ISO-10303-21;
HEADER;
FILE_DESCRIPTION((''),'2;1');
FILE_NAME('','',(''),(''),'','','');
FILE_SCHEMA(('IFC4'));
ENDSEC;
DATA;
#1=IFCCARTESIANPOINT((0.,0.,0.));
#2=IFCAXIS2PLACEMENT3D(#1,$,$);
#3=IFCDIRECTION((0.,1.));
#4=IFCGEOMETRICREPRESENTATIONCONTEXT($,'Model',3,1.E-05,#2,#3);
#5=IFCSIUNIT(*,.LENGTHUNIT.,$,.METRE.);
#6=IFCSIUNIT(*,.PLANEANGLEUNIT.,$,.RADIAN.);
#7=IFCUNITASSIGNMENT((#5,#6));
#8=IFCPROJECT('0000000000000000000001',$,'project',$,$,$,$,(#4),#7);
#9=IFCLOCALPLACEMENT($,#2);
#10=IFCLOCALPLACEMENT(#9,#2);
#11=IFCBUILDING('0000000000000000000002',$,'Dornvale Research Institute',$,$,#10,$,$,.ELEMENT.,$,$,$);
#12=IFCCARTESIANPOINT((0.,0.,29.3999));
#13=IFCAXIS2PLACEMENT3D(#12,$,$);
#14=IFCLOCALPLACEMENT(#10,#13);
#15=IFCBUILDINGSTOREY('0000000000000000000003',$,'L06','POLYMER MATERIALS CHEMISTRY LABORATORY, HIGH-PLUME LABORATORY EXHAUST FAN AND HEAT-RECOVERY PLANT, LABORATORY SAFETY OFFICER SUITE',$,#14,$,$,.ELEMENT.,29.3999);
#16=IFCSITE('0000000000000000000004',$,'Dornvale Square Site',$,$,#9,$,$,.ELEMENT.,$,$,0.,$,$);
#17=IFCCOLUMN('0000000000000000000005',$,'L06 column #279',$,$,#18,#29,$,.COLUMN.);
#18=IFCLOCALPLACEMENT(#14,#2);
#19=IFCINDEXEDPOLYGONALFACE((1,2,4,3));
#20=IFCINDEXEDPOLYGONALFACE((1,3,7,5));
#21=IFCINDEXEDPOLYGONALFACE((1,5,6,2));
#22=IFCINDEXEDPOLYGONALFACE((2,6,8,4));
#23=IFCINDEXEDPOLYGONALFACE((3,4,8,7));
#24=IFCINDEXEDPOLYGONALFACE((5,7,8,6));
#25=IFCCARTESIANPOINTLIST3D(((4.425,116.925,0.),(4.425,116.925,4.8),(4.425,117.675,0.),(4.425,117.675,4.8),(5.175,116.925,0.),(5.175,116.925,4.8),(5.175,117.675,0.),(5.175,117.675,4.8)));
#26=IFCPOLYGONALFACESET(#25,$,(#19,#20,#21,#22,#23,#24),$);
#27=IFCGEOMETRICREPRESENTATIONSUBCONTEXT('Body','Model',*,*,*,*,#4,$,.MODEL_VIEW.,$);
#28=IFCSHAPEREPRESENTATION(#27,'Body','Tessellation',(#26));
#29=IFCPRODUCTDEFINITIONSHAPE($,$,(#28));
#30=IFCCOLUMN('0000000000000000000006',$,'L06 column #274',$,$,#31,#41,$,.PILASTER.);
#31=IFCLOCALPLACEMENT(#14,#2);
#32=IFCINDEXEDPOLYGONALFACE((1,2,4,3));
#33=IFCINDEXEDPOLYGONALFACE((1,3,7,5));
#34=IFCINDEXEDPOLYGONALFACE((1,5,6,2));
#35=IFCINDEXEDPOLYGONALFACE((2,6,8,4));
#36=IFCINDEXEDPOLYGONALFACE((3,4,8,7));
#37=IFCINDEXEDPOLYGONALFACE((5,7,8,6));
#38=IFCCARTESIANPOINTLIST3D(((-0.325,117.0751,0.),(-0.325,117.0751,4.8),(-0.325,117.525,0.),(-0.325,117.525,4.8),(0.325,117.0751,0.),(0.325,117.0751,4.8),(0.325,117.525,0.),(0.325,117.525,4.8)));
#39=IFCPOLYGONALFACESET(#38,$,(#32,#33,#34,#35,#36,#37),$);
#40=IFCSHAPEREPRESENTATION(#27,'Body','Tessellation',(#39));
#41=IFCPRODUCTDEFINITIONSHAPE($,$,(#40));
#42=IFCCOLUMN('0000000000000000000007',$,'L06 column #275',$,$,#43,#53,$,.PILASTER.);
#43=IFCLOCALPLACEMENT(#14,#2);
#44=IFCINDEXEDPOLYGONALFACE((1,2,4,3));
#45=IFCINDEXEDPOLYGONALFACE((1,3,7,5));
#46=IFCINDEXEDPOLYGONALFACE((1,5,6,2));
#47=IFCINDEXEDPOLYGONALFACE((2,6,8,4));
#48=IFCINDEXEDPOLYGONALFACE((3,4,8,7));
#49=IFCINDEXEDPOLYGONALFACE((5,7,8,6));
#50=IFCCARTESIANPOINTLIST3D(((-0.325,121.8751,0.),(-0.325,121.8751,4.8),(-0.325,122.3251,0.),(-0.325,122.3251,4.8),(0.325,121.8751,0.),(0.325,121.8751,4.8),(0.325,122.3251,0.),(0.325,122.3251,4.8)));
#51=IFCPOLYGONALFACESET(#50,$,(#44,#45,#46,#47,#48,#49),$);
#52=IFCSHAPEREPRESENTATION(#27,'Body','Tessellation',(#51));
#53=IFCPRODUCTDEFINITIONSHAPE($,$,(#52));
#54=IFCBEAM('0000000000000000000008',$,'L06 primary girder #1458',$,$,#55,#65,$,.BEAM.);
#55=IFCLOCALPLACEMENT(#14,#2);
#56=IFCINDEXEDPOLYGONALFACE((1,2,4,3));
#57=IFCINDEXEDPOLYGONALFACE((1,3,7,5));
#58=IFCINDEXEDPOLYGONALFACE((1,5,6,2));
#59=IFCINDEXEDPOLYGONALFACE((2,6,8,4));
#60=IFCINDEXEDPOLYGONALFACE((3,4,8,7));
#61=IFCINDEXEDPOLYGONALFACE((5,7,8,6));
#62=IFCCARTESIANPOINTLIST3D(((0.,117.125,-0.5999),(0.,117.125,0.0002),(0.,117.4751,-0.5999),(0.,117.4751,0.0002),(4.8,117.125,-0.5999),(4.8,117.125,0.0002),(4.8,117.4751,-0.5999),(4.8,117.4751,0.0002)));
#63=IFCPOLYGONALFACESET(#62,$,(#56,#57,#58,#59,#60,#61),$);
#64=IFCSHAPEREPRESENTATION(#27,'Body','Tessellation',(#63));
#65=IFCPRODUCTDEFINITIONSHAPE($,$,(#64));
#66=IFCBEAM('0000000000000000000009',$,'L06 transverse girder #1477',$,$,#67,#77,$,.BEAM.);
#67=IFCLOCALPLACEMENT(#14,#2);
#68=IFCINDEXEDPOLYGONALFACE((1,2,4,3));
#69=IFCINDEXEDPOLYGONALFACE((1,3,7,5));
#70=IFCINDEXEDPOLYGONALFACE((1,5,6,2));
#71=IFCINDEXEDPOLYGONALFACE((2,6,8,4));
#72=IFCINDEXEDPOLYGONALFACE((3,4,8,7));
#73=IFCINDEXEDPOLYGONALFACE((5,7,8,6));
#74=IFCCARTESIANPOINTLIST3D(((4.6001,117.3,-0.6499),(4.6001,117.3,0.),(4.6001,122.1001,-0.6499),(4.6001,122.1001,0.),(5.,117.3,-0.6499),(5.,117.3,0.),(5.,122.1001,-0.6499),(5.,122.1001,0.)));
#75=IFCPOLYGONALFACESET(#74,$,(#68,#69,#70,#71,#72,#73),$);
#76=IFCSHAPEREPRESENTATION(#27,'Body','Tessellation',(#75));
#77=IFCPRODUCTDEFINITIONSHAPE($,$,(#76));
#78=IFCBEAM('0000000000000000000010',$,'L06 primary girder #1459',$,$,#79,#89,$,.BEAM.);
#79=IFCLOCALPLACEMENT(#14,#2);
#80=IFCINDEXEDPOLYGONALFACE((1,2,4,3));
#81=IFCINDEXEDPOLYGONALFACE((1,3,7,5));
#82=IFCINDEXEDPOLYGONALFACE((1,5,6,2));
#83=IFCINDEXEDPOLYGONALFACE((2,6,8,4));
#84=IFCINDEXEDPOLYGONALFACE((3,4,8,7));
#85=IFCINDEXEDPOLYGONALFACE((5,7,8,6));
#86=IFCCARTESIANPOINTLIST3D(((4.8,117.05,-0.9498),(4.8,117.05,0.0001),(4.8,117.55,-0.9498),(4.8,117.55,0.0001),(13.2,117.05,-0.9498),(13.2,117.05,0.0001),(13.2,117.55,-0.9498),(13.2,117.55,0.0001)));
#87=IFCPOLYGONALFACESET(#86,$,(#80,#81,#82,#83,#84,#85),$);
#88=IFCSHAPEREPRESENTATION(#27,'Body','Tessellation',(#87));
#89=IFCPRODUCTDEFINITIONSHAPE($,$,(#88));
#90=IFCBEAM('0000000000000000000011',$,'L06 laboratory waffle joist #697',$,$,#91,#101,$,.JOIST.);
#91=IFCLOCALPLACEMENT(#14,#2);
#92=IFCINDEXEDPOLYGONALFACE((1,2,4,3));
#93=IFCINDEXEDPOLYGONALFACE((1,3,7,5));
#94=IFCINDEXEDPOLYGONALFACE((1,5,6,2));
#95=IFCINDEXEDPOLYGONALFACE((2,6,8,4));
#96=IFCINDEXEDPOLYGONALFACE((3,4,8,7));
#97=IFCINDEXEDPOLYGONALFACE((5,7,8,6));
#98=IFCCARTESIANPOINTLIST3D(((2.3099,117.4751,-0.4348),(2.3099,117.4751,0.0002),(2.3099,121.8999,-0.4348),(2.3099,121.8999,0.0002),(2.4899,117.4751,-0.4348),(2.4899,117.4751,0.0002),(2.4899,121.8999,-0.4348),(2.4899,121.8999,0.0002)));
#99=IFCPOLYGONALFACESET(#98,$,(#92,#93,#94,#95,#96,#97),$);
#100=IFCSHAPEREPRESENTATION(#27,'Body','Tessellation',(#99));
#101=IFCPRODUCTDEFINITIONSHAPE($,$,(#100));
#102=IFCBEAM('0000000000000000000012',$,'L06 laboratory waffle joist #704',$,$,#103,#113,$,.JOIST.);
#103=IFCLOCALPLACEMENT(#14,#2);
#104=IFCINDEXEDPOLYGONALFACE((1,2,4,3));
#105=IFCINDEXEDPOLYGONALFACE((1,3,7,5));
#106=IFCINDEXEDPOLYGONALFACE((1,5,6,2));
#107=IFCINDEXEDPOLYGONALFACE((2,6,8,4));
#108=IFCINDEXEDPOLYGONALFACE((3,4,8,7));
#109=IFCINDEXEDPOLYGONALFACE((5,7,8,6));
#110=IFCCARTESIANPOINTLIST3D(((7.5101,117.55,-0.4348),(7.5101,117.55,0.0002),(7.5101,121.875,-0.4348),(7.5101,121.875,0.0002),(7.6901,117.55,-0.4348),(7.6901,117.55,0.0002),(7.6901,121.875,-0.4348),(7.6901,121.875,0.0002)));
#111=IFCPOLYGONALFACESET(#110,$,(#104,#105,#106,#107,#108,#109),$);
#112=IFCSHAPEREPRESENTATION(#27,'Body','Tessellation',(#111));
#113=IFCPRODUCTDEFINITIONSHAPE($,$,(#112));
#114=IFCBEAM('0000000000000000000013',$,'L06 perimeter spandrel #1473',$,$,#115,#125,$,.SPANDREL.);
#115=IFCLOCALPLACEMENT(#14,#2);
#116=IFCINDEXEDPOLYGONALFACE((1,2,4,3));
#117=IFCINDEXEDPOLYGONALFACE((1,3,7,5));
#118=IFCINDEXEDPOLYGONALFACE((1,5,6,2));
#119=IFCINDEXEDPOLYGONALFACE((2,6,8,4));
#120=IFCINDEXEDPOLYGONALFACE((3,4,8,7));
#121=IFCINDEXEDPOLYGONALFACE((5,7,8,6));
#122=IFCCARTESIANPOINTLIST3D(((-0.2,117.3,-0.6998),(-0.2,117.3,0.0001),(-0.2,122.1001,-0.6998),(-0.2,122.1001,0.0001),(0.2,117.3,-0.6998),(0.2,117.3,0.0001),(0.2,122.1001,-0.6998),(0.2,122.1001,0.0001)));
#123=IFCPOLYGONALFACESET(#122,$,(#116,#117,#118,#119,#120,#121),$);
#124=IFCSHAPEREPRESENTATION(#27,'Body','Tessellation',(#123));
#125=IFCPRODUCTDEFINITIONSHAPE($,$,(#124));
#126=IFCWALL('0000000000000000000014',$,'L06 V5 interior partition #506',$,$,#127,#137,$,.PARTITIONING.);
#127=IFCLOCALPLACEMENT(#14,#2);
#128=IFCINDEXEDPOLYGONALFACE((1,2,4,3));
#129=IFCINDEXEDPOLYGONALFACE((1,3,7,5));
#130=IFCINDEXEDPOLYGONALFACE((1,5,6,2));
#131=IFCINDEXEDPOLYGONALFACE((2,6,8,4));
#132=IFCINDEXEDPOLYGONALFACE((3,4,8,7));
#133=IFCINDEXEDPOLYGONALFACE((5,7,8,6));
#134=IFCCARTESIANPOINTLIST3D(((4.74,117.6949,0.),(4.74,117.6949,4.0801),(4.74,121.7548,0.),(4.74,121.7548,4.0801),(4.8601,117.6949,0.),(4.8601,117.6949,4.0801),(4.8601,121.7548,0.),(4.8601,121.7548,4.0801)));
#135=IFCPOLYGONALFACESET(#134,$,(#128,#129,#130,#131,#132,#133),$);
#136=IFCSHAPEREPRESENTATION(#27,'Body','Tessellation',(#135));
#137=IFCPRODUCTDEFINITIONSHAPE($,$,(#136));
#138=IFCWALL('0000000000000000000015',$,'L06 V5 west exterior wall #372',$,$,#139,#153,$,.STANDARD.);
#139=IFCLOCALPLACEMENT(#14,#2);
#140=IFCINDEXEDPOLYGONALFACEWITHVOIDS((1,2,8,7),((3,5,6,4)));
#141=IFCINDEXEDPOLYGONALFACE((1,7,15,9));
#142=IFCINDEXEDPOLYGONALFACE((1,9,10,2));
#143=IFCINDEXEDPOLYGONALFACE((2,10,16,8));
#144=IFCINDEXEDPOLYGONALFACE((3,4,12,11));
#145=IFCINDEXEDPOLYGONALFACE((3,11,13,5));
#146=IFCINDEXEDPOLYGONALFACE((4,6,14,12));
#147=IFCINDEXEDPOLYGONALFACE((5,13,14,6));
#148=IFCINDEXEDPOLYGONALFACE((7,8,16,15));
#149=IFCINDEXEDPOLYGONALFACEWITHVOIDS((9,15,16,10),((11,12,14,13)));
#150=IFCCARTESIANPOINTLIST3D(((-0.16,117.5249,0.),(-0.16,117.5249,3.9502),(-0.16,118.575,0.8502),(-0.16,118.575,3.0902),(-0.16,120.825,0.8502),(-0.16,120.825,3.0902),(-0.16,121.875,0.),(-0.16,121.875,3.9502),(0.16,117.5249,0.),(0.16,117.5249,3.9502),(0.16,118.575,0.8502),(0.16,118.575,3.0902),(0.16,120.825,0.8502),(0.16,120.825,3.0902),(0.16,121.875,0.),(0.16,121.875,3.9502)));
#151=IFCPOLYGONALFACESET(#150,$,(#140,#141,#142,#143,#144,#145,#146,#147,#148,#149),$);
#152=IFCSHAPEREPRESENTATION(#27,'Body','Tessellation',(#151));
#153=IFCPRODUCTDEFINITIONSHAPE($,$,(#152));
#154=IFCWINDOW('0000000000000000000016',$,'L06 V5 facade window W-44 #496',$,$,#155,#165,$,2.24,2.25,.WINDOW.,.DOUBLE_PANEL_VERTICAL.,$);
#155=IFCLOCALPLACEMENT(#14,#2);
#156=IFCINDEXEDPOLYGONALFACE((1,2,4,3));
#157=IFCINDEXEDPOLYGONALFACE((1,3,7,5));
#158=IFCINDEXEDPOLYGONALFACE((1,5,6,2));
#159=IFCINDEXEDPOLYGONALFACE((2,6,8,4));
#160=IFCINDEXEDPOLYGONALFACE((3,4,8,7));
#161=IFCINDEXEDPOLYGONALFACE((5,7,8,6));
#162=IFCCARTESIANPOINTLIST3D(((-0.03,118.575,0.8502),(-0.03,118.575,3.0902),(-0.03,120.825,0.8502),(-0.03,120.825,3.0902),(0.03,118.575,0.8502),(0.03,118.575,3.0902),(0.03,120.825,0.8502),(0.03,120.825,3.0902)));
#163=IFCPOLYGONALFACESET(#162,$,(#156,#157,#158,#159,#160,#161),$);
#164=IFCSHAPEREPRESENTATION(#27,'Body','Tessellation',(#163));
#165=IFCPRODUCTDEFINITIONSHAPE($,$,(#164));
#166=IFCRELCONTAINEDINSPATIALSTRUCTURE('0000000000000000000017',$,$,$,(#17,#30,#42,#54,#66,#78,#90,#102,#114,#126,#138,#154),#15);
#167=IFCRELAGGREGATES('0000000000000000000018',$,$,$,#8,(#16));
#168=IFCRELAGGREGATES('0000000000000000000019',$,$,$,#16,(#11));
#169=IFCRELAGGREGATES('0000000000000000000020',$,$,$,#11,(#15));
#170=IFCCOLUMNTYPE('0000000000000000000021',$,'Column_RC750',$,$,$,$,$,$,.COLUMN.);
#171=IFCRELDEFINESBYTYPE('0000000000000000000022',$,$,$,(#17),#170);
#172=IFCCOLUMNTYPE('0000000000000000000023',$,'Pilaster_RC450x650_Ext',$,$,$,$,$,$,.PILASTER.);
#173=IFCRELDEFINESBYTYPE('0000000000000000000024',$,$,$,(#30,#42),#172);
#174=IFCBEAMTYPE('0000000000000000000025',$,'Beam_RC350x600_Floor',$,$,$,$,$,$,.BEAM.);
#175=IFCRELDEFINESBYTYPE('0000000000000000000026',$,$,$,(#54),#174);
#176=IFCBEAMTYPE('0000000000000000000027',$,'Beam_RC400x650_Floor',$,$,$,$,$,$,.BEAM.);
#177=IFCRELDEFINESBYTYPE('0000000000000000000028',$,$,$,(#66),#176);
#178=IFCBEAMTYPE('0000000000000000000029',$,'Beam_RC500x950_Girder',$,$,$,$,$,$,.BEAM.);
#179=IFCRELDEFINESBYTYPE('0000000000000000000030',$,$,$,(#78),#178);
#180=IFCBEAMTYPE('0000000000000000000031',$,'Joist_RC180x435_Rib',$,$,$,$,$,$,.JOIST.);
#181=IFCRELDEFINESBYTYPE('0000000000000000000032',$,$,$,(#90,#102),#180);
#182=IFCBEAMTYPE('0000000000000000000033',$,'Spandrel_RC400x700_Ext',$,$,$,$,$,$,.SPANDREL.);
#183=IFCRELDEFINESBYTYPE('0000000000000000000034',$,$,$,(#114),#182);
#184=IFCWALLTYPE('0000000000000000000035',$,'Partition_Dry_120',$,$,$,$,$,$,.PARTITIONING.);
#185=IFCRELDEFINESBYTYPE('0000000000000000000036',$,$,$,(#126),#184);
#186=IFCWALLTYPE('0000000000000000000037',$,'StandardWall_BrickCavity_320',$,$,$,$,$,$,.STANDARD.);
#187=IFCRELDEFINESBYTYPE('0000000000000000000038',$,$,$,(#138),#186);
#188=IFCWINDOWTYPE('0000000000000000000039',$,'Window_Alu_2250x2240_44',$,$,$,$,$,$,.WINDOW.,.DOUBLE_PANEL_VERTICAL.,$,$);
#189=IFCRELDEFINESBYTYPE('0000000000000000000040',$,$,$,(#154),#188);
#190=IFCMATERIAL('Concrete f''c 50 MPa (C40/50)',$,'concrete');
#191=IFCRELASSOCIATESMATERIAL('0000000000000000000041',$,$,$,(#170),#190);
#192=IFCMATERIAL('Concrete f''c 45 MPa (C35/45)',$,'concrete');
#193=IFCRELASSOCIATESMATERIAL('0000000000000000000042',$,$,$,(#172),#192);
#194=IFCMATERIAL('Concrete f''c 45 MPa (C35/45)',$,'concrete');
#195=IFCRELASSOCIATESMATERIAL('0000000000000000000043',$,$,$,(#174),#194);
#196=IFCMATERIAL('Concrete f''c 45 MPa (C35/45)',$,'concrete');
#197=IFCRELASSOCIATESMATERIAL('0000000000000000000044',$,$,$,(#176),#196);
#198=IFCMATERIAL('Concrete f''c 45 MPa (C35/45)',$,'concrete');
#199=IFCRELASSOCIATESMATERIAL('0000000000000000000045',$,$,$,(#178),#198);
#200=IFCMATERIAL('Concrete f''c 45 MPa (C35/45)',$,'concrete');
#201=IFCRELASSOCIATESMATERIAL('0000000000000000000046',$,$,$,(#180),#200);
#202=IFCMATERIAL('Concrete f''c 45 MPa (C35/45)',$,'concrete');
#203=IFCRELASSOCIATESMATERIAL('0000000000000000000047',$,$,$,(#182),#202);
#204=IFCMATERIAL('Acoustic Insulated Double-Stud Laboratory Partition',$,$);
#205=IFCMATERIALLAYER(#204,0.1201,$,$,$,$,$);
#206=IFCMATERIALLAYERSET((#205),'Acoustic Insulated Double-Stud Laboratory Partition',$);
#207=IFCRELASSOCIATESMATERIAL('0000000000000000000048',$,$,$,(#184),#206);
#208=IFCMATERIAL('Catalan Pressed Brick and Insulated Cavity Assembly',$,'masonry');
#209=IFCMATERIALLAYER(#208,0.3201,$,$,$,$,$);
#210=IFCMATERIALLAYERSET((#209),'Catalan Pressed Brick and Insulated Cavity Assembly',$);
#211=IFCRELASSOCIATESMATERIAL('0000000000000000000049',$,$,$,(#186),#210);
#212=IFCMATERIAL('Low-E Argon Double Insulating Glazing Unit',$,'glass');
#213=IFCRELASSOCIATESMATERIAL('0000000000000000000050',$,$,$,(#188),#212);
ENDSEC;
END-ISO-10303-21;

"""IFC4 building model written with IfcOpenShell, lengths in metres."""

from ifc_helpers import new_model, si_unit, direction, frame, frame_2d, origin, origin_2d, place, context, subcontext, project, spatial, rectangle, extrude, material, layer, layer_set, material_profile, profile_set, type_object, element, fill, save


model = new_model("IFC4")

# Units and contexts
model_context = context("Model", 3, precision=1e-05, world=origin(), true_north=direction((0.0, 1.0)))
body_context = subcontext(model_context, "Body", "Model", "MODEL_VIEW")
ifc_project = project(units=[si_unit("LENGTHUNIT", "METRE"), si_unit("PLANEANGLEUNIT", "RADIAN")], contexts=[model_context])

# Site, building, storey
site_placement = place(None, origin())
site = spatial("IfcSite", under=ifc_project, at=site_placement, Name="Dornvale Square Site", CompositionType="ELEMENT", RefElevation=0.0)
building_placement = place(site_placement, origin())
building = spatial("IfcBuilding", under=site, at=building_placement, Name="Dornvale Research Institute", CompositionType="ELEMENT")
storey_placement = place(building_placement, frame((0.0, 0.0, 29.3999)))
storey = spatial("IfcBuildingStorey", under=building, at=storey_placement, Name="L06", Description="POLYMER MATERIALS CHEMISTRY LABORATORY, HIGH-PLUME LABORATORY EXHAUST FAN AND HEAT-RECOVERY PLANT, LABORATORY SAFETY OFFICER SUITE", CompositionType="ELEMENT", Elevation=29.3999)

# Columns
ifc_material_1 = material(Name="Concrete f'c 50 MPa (C40/50)", Category="concrete")
ifc_material_profile_1 = material_profile(ifc_material_1, rectangle(XDim=0.75, YDim=0.75, at=origin_2d()), Name="RC 750x750")
ifc_profile_set_1 = profile_set([ifc_material_profile_1], Name="Concrete f'c 50 MPa (C40/50)")
column_type_1 = type_object("IfcColumnType", Name="Column_RC750", PredefinedType="COLUMN", material=ifc_profile_set_1)
column_placement = place(storey_placement, frame((4.8, 117.3, 0.0), z_axis=(0.0, 0.0, 1.0), x_axis=(1.0, 0.0, 0.0)))
element("IfcColumn", 1, at=column_placement, inside=storey, type_object=column_type_1, Name="L06 column #279", PredefinedType="COLUMN", context=body_context, shape_type="SweptSolid", body=[
    extrude(rectangle(XDim=0.75, YDim=0.75, at=origin_2d()), origin(), (0.0, 0.0, 1.0), 4.8),
])
ifc_material_2 = material(Name="Concrete f'c 45 MPa (C35/45)", Category="concrete")
ifc_material_profile_2 = material_profile(ifc_material_2, rectangle(XDim=0.45, YDim=0.6499, at=origin_2d()), Name="RC 450x650")
ifc_profile_set_2 = profile_set([ifc_material_profile_2], Name="Concrete f'c 45 MPa (C35/45)")
column_type_2 = type_object("IfcColumnType", Name="Pilaster_RC450x650_Ext", PredefinedType="PILASTER", material=ifc_profile_set_2)
for number, where, z_axis, x_axis, name in (
    (2, (0.0, 117.3, 0.0), (0.0, 0.0, 1.0), (0.0, 1.0, 0.0), "L06 column #274"),
    (3, (0.0, 122.1001, 0.0), (0.0, 0.0, 1.0), (0.0, 1.0, 0.0), "L06 column #275"),
):
    element("IfcColumn", number, at=place(storey_placement, frame(where, z_axis=z_axis, x_axis=x_axis)), inside=storey, type_object=column_type_2, Name=name, PredefinedType="PILASTER", context=body_context, shape_type="SweptSolid", body=[
        extrude(rectangle(XDim=0.45, YDim=0.6499, at=origin_2d()), origin(), (0.0, 0.0, 1.0), 4.8),
    ])

# Beams
ifc_material_3 = material(Name="Concrete f'c 45 MPa (C35/45)", Category="concrete")
ifc_material_profile_3 = material_profile(ifc_material_3, rectangle(XDim=0.3501, YDim=0.6001, at=origin_2d()), Name="RC 350x600")
ifc_profile_set_3 = profile_set([ifc_material_profile_3], Name="Concrete f'c 45 MPa (C35/45)")
beam_type_1 = type_object("IfcBeamType", Name="Beam_RC350x600_Floor", PredefinedType="BEAM", material=ifc_profile_set_3)
beam_1_placement = place(storey_placement, frame((0.0, 117.3, -0.2998), z_axis=(1.0, 0.0, 0.0), x_axis=(0.0, 1.0, 0.0)))
element("IfcBeam", 4, at=beam_1_placement, inside=storey, type_object=beam_type_1, Name="L06 primary girder #1458", PredefinedType="BEAM", context=body_context, shape_type="SweptSolid", body=[
    extrude(rectangle(XDim=0.3501, YDim=0.6001, at=origin_2d()), origin(), (0.0, 0.0, 1.0), 4.8),
])
ifc_material_4 = material(Name="Concrete f'c 45 MPa (C35/45)", Category="concrete")
ifc_material_profile_4 = material_profile(ifc_material_4, rectangle(XDim=0.3999, YDim=0.6499, at=origin_2d()), Name="RC 400x650")
ifc_profile_set_4 = profile_set([ifc_material_profile_4], Name="Concrete f'c 45 MPa (C35/45)")
beam_type_2 = type_object("IfcBeamType", Name="Beam_RC400x650_Floor", PredefinedType="BEAM", material=ifc_profile_set_4)
beam_2_placement = place(storey_placement, frame((4.8, 117.3, -0.325), z_axis=(0.0, 1.0, 0.0), x_axis=(-1.0, 0.0, 0.0)))
element("IfcBeam", 5, at=beam_2_placement, inside=storey, type_object=beam_type_2, Name="L06 transverse girder #1477", PredefinedType="BEAM", context=body_context, shape_type="SweptSolid", body=[
    extrude(rectangle(XDim=0.3999, YDim=0.6499, at=origin_2d()), origin(), (0.0, 0.0, 1.0), 4.8),
])
ifc_material_5 = material(Name="Concrete f'c 45 MPa (C35/45)", Category="concrete")
ifc_material_profile_5 = material_profile(ifc_material_5, rectangle(XDim=0.5, YDim=0.95, at=origin_2d()), Name="RC 500x950")
ifc_profile_set_5 = profile_set([ifc_material_profile_5], Name="Concrete f'c 45 MPa (C35/45)")
beam_type_3 = type_object("IfcBeamType", Name="Beam_RC500x950_Girder", PredefinedType="BEAM", material=ifc_profile_set_5)
beam_3_placement = place(storey_placement, frame((4.8, 117.3, -0.4749), z_axis=(1.0, 0.0, 0.0), x_axis=(0.0, 1.0, 0.0)))
element("IfcBeam", 6, at=beam_3_placement, inside=storey, type_object=beam_type_3, Name="L06 primary girder #1459", PredefinedType="BEAM", context=body_context, shape_type="SweptSolid", body=[
    extrude(rectangle(XDim=0.5, YDim=0.95, at=origin_2d()), origin(), (0.0, 0.0, 1.0), 8.3999),
])
ifc_material_6 = material(Name="Concrete f'c 45 MPa (C35/45)", Category="concrete")
ifc_material_profile_6 = material_profile(ifc_material_6, rectangle(XDim=0.1799, YDim=0.4351, at=origin_2d()), Name="RC 180x435")
ifc_profile_set_6 = profile_set([ifc_material_profile_6], Name="Concrete f'c 45 MPa (C35/45)")
beam_type_4 = type_object("IfcBeamType", Name="Joist_RC180x435_Rib", PredefinedType="JOIST", material=ifc_profile_set_6)
beam_4_placement = place(storey_placement, frame((2.3999, 117.4751, -0.2173), z_axis=(0.0, 1.0, 0.0), x_axis=(-1.0, 0.0, 0.0)))
element("IfcBeam", 7, at=beam_4_placement, inside=storey, type_object=beam_type_4, Name="L06 laboratory waffle joist #697", PredefinedType="JOIST", context=body_context, shape_type="SweptSolid", body=[
    extrude(rectangle(XDim=0.1799, YDim=0.4351, at=origin_2d()), origin(), (0.0, 0.0, 1.0), 4.4248),
])
beam_5_placement = place(storey_placement, frame((7.6001, 117.55, -0.2173), z_axis=(0.0, 1.0, 0.0), x_axis=(-1.0, 0.0, 0.0)))
element("IfcBeam", 8, at=beam_5_placement, inside=storey, type_object=beam_type_4, Name="L06 laboratory waffle joist #704", PredefinedType="JOIST", context=body_context, shape_type="SweptSolid", body=[
    extrude(rectangle(XDim=0.1799, YDim=0.4351, at=origin_2d()), origin(), (0.0, 0.0, 1.0), 4.325),
])
ifc_material_7 = material(Name="Concrete f'c 45 MPa (C35/45)", Category="concrete")
ifc_material_profile_7 = material_profile(ifc_material_7, rectangle(XDim=0.3999, YDim=0.7, at=origin_2d()), Name="RC 400x700")
ifc_profile_set_7 = profile_set([ifc_material_profile_7], Name="Concrete f'c 45 MPa (C35/45)")
beam_type_5 = type_object("IfcBeamType", Name="Spandrel_RC400x700_Ext", PredefinedType="SPANDREL", material=ifc_profile_set_7)
beam_6_placement = place(storey_placement, frame((0.0, 117.3, -0.3499), z_axis=(0.0, 1.0, 0.0), x_axis=(-1.0, 0.0, 0.0)))
element("IfcBeam", 9, at=beam_6_placement, inside=storey, type_object=beam_type_5, Name="L06 perimeter spandrel #1473", PredefinedType="SPANDREL", context=body_context, shape_type="SweptSolid", body=[
    extrude(rectangle(XDim=0.3999, YDim=0.7, at=origin_2d()), origin(), (0.0, 0.0, 1.0), 4.8),
])

# Wall
ifc_material_8 = material(Name="Acoustic Insulated Double-Stud Laboratory Partition")
ifc_layer_1 = layer(ifc_material_8, 0.1201)
ifc_layer_set_1 = layer_set([ifc_layer_1], Name="Acoustic Insulated Double-Stud Laboratory Partition")
wall_type_1 = type_object("IfcWallType", Name="Partition_Dry_120", PredefinedType="PARTITIONING", material=ifc_layer_set_1)
wall_1_placement = place(storey_placement, frame((4.8, 117.6951, 0.0), z_axis=(0.0, 0.0, 1.0), x_axis=(0.0, 1.0, 0.0)))
element("IfcWall", 10, at=wall_1_placement, inside=storey, type_object=wall_type_1, Name="L06 V5 interior partition #506", PredefinedType="PARTITIONING", context=body_context, shape_type="SweptSolid", body=[
    extrude(rectangle(XDim=4.0598, YDim=0.1201, at=frame_2d((2.0298, 0.0))), origin(), (0.0, 0.0, 1.0), 4.0801),
])

# Wall, opening, window
ifc_material_9 = material(Name="Catalan Pressed Brick and Insulated Cavity Assembly", Category="masonry")
ifc_layer_2 = layer(ifc_material_9, 0.3201)
ifc_layer_set_2 = layer_set([ifc_layer_2], Name="Catalan Pressed Brick and Insulated Cavity Assembly")
wall_type_2 = type_object("IfcWallType", Name="StandardWall_BrickCavity_320", PredefinedType="STANDARD", material=ifc_layer_set_2)
wall_2_placement = place(storey_placement, frame((0.0, 117.5249, 0.0), z_axis=(0.0, 0.0, 1.0), x_axis=(0.0, 1.0, 0.0)))
wall_2 = element("IfcWall", 11, at=wall_2_placement, inside=storey, type_object=wall_type_2, Name="L06 V5 west exterior wall #372", PredefinedType="STANDARD", context=body_context, shape_type="SweptSolid", body=[
    extrude(rectangle(XDim=4.3501, YDim=0.3201, at=frame_2d((2.175, 0.0))), origin(), (0.0, 0.0, 1.0), 3.9502),
])
opening_placement = place(wall_2_placement, frame((1.05, 0.0, 0.8501)))
opening = element("IfcOpeningElement", 12, at=opening_placement, cuts=wall_2, PredefinedType="OPENING", context=body_context, shape_type="SweptSolid", body=[
    extrude(rectangle(XDim=2.25, YDim=2.24, at=frame_2d((1.125, 1.1201))), frame((0.0, 0.175, 0.0), z_axis=(0.0, -1.0, 0.0), x_axis=(1.0, 0.0, 0.0)), (0.0, 0.0, 1.0), 0.3501),
])
ifc_material_10 = material(Name="Low-E Argon Double Insulating Glazing Unit", Category="glass")
window_type = type_object("IfcWindowType", Name="Window_Alu_2250x2240_44", PartitioningType="DOUBLE_PANEL_VERTICAL", PredefinedType="WINDOW", material=ifc_material_10)
window_placement = place(opening_placement, origin())
window = element("IfcWindow", 13, at=window_placement, inside=storey, type_object=window_type, Name="L06 V5 facade window W-44 #496", OverallHeight=2.24, OverallWidth=2.25, PartitioningType="DOUBLE_PANEL_VERTICAL", PredefinedType="WINDOW", context=body_context, shape_type="SweptSolid", body=[
    extrude(rectangle(XDim=2.25, YDim=2.24, at=frame_2d((1.125, 1.1201))), frame((0.0, 0.03, 0.0), z_axis=(0.0, -1.0, 0.0), x_axis=(1.0, 0.0, 0.0)), (0.0, 0.0, 1.0), 0.0601),
])
fill(opening, window)

save(model, "model.ifc")
